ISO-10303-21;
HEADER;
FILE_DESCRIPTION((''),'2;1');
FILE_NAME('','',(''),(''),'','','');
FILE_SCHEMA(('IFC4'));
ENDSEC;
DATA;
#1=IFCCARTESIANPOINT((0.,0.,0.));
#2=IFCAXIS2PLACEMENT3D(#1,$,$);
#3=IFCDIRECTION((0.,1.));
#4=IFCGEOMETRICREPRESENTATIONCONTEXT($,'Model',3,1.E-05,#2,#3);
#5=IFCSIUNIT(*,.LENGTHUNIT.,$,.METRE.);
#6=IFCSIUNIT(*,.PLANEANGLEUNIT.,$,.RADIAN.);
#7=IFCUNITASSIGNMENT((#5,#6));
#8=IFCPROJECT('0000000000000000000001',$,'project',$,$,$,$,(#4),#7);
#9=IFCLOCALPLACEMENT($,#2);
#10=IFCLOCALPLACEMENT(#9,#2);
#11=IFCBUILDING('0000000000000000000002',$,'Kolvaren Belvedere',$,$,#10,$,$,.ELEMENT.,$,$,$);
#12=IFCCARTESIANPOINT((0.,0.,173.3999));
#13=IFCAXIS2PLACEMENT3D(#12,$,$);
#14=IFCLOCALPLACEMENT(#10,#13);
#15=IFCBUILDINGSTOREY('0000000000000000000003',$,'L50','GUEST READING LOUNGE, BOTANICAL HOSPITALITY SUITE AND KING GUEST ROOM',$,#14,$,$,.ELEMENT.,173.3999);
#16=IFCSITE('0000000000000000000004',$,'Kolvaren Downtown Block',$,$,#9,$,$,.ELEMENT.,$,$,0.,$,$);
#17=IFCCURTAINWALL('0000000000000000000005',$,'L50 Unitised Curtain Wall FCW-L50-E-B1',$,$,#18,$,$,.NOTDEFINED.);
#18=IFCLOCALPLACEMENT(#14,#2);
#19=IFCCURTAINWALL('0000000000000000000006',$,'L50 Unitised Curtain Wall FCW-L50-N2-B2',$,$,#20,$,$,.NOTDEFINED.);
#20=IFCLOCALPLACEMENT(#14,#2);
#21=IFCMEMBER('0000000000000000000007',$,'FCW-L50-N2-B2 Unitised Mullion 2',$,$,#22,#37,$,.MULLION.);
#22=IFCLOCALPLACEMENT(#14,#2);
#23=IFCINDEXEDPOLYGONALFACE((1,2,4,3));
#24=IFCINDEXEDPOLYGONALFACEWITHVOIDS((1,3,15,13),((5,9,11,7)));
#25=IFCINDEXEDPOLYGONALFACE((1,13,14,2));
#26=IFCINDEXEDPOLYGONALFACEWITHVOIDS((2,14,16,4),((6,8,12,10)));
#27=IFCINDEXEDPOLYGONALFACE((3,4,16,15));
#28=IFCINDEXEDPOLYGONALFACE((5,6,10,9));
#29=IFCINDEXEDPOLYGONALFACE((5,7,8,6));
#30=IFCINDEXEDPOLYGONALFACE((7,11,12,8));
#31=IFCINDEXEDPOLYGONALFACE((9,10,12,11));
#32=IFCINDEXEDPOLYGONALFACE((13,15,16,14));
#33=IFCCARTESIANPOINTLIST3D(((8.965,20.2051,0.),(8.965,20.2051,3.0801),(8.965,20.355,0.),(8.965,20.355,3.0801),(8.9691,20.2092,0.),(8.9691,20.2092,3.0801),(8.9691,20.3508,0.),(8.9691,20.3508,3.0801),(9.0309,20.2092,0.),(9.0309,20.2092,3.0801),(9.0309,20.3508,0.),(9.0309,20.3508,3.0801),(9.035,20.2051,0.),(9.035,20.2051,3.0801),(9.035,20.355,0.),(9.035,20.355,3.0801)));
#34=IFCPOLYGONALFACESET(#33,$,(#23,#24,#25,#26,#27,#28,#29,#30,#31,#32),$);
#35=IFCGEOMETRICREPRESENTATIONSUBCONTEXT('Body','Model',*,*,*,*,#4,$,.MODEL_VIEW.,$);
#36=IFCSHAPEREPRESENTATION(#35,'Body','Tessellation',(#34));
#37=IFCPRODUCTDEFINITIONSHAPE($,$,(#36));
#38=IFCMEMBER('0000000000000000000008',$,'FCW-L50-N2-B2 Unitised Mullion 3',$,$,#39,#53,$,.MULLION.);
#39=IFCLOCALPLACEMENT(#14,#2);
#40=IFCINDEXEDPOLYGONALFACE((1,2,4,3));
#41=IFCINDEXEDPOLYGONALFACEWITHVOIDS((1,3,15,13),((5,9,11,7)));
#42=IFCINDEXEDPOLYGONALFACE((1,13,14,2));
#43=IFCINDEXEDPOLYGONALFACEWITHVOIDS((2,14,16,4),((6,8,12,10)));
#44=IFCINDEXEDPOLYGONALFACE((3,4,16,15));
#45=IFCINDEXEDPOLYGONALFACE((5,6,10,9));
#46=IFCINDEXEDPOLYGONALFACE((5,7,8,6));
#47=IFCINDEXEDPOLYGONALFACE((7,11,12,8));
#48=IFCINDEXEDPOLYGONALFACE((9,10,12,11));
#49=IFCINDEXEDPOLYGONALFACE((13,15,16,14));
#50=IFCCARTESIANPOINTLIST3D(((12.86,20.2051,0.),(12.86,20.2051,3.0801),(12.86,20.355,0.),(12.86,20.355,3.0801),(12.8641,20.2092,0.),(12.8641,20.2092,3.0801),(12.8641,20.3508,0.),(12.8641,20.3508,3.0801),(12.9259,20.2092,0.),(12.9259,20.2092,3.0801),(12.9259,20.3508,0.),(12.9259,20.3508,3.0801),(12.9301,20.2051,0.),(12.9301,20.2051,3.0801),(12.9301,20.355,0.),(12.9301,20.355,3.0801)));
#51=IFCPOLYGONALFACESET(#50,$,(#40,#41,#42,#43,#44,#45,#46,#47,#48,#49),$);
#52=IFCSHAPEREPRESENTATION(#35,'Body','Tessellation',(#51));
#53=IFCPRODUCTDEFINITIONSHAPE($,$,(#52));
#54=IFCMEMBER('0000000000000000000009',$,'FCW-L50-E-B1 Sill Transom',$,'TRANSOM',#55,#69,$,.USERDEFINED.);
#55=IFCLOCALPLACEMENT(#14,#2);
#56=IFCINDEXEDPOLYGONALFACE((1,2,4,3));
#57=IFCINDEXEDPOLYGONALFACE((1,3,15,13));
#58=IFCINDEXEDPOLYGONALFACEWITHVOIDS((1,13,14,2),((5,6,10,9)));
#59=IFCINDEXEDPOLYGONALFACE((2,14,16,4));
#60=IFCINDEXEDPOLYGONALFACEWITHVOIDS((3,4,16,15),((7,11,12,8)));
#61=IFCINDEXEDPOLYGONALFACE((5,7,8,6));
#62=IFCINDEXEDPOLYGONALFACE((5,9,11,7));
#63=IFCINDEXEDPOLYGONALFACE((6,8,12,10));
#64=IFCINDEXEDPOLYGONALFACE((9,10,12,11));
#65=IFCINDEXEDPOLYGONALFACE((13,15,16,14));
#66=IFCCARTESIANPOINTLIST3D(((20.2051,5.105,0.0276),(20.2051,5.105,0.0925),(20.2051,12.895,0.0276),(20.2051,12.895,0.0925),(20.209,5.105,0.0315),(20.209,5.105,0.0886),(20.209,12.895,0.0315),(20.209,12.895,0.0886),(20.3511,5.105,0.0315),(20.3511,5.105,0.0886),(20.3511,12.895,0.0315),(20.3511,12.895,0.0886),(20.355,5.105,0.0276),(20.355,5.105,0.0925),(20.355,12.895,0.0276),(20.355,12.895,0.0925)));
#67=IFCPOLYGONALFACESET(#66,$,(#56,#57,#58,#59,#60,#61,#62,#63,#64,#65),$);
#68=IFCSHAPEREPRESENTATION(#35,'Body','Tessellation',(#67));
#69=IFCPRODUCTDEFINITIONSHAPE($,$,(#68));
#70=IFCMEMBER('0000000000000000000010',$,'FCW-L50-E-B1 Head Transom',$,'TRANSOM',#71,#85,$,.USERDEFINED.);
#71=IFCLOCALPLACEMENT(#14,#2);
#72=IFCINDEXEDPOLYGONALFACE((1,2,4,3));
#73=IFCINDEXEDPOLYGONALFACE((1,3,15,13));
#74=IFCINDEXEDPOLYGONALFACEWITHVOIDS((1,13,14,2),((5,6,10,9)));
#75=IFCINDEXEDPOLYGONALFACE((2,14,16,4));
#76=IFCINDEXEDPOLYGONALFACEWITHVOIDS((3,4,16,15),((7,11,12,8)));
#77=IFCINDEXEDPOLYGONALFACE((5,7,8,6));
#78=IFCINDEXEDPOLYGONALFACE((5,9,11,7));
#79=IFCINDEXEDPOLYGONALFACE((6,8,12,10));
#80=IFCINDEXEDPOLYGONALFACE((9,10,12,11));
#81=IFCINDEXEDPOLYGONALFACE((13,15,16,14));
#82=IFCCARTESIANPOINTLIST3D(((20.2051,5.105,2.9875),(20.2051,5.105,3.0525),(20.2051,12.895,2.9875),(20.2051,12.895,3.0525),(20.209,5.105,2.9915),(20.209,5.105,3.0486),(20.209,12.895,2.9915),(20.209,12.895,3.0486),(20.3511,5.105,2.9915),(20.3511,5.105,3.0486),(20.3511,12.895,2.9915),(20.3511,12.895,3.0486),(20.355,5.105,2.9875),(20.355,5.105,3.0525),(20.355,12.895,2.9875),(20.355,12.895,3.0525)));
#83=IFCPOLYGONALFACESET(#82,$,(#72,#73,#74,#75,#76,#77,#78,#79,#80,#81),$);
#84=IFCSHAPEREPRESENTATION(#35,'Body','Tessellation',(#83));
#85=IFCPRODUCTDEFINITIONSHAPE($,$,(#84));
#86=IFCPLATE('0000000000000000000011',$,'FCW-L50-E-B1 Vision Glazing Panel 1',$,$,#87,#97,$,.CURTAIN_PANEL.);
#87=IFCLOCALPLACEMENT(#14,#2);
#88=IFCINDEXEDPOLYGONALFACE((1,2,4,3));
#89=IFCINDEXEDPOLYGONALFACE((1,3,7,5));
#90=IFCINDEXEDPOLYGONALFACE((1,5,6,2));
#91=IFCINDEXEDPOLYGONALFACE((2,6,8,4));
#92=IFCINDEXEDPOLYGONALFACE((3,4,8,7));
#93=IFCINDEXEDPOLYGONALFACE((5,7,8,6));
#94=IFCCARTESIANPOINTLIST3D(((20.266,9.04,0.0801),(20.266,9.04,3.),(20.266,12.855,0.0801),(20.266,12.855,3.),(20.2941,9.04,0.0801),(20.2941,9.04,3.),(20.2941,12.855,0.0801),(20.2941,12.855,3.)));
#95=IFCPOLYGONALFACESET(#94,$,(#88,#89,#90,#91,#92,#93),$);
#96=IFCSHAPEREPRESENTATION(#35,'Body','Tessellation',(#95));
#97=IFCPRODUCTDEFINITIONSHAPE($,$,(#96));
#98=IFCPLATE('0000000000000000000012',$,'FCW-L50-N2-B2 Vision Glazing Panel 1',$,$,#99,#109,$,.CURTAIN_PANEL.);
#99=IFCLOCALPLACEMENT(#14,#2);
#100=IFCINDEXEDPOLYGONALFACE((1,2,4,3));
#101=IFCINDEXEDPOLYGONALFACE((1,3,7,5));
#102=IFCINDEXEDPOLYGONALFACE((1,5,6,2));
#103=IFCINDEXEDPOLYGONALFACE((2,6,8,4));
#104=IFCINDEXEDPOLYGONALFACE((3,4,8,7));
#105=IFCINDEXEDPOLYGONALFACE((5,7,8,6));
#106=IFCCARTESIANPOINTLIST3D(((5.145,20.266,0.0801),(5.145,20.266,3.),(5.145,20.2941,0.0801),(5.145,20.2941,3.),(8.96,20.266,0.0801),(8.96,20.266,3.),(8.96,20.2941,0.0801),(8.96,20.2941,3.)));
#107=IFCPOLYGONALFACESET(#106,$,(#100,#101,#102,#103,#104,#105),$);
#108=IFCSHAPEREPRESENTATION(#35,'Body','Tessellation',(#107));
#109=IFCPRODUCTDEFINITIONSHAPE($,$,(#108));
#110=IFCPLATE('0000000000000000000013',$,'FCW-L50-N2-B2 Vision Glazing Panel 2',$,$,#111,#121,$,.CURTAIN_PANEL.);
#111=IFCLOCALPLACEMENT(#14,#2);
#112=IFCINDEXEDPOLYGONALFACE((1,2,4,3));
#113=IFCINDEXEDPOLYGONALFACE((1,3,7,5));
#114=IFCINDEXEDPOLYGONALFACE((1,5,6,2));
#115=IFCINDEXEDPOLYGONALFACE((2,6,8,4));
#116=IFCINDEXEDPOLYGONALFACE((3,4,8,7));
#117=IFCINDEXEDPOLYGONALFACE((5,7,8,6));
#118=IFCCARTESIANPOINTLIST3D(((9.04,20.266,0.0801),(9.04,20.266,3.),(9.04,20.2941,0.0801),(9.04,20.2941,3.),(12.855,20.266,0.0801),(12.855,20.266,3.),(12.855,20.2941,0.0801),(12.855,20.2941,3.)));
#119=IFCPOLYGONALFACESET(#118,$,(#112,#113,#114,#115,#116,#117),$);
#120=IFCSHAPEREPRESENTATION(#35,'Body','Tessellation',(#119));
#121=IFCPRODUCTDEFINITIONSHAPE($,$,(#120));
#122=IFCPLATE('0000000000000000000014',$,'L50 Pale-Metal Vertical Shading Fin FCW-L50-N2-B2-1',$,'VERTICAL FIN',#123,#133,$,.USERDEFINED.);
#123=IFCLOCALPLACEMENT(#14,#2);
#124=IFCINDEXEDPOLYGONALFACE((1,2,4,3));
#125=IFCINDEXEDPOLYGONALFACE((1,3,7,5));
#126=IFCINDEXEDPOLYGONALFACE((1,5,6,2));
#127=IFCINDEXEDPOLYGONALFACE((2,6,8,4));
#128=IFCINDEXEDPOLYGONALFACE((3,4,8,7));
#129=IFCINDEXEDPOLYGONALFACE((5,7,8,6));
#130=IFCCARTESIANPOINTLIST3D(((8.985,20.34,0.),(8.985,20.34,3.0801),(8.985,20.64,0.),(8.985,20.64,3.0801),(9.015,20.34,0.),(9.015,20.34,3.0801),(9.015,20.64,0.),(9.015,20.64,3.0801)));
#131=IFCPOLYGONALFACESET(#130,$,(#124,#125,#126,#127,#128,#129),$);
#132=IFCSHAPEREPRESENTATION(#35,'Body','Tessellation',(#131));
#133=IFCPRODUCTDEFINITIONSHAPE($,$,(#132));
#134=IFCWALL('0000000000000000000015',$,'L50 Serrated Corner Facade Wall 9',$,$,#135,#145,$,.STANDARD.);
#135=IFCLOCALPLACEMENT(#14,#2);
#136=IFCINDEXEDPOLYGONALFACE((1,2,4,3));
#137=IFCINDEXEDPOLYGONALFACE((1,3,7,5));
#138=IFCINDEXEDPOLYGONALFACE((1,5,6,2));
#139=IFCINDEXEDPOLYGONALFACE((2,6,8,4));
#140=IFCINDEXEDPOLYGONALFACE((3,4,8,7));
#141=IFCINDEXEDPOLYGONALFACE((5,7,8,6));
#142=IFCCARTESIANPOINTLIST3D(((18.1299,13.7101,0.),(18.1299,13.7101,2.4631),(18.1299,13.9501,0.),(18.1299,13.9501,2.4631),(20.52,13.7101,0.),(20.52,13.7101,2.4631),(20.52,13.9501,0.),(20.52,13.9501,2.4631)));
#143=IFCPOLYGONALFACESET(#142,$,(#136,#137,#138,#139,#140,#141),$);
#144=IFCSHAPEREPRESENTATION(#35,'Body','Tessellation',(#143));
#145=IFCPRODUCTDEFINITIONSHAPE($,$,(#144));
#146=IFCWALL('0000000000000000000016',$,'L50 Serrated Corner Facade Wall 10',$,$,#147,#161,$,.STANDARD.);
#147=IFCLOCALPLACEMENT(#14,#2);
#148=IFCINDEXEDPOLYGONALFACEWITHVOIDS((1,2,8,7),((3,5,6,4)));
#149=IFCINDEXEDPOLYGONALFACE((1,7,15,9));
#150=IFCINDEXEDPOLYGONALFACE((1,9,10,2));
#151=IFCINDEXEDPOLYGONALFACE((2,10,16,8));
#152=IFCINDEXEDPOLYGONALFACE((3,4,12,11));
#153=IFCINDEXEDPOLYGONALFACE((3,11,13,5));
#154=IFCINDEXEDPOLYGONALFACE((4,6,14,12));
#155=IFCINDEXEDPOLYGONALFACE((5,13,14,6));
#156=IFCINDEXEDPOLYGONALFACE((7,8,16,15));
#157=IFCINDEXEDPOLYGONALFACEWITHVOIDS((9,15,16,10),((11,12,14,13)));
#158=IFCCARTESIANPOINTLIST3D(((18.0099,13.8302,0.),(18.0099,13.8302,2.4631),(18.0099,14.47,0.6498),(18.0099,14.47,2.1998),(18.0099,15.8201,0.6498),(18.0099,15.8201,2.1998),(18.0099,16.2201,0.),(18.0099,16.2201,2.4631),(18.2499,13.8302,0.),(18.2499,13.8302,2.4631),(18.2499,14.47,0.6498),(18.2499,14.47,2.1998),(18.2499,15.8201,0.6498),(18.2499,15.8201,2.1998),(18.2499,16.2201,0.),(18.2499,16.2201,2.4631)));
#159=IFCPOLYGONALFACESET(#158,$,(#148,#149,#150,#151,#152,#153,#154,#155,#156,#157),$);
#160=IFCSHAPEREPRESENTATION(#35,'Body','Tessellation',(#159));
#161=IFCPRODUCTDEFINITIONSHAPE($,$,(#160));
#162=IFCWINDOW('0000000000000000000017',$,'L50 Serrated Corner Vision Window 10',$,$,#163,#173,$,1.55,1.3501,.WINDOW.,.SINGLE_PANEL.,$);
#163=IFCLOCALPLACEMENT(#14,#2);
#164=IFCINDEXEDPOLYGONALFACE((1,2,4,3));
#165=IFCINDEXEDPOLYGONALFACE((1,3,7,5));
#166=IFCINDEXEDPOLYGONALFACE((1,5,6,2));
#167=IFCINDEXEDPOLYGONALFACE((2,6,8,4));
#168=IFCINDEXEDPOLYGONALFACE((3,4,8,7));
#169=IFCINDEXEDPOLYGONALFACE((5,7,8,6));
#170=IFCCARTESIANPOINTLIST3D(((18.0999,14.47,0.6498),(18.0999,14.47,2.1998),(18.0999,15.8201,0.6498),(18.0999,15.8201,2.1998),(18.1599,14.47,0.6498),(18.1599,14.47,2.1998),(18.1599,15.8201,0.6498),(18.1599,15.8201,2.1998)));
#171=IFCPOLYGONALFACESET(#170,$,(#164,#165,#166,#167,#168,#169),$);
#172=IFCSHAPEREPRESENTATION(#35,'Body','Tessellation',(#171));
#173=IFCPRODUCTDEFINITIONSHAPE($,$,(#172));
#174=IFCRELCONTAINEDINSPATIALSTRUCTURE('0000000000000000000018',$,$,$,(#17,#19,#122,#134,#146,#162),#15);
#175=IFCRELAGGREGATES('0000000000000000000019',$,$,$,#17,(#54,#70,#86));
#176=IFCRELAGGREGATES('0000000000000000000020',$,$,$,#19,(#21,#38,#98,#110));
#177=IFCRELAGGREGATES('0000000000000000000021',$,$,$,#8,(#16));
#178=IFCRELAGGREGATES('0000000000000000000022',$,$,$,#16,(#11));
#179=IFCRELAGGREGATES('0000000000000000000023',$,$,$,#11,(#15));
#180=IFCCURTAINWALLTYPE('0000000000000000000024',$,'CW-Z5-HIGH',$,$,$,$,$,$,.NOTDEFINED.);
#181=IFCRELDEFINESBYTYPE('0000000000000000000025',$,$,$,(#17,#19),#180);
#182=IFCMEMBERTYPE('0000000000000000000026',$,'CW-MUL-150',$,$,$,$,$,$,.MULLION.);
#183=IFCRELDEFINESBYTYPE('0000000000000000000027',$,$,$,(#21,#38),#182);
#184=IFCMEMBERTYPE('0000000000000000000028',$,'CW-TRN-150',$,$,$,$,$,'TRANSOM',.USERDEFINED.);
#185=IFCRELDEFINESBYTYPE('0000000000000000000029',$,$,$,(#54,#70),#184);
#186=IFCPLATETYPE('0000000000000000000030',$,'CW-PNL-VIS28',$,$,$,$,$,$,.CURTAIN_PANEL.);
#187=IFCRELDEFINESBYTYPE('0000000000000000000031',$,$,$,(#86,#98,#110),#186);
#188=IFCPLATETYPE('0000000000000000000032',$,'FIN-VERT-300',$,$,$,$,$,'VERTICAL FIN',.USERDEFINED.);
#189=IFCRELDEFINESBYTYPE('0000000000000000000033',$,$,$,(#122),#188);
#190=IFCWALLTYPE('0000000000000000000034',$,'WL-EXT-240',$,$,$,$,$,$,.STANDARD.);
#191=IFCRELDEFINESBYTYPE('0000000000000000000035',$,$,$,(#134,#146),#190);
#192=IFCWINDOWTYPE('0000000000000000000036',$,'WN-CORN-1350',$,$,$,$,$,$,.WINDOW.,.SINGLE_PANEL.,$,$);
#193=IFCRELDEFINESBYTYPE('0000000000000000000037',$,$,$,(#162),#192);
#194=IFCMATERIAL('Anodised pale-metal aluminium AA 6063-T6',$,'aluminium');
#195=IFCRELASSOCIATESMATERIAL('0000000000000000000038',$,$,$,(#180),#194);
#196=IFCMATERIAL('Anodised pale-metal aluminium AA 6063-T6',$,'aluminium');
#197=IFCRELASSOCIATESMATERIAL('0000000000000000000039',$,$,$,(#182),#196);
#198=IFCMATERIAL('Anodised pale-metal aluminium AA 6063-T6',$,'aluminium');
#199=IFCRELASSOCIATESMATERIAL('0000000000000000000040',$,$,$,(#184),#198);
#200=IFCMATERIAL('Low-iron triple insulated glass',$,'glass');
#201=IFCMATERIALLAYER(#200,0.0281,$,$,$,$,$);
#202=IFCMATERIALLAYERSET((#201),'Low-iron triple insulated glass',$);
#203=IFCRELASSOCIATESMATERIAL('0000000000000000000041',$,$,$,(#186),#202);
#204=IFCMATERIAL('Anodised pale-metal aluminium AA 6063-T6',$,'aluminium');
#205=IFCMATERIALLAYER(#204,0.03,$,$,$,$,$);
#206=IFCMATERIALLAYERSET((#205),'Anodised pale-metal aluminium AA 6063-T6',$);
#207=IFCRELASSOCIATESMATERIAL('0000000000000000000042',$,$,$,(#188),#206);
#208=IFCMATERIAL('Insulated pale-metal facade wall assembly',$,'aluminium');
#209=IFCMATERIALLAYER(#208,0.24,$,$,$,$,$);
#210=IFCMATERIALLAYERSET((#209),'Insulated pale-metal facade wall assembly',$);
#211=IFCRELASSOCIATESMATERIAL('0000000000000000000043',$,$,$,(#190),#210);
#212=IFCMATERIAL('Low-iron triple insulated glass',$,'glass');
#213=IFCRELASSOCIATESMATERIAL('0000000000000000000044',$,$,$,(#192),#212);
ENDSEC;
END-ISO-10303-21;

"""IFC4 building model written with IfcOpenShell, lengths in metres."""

from ifc_helpers import new_model, si_unit, direction, frame, frame_2d, origin, origin_2d, place, context, subcontext, project, spatial, rectangle, hollow_rectangle, extrude, material, layer, layer_set, material_profile, profile_set, type_object, element, fill, aggregate, save


model = new_model("IFC4")

# Units and contexts
model_context = context("Model", 3, precision=1e-05, world=origin(), true_north=direction((0.0, 1.0)))
body_context = subcontext(model_context, "Body", "Model", "MODEL_VIEW")
ifc_project = project(units=[si_unit("LENGTHUNIT", "METRE"), si_unit("PLANEANGLEUNIT", "RADIAN")], contexts=[model_context])

# Site, building, storey
site_placement = place(None, origin())
site = spatial("IfcSite", under=ifc_project, at=site_placement, Name="Kolvaren Downtown Block", CompositionType="ELEMENT", RefElevation=0.0)
building_placement = place(site_placement, origin())
building = spatial("IfcBuilding", under=site, at=building_placement, Name="Kolvaren Belvedere", CompositionType="ELEMENT")
storey_placement = place(building_placement, frame((0.0, 0.0, 173.3999)))
storey = spatial("IfcBuildingStorey", under=building, at=storey_placement, Name="L50", Description="GUEST READING LOUNGE, BOTANICAL HOSPITALITY SUITE AND KING GUEST ROOM", CompositionType="ELEMENT", Elevation=173.3999)

# Curtain wall
ifc_material_1 = material(Name="Anodised pale-metal aluminium AA 6063-T6", Category="aluminium")
curtain_wall_type = type_object("IfcCurtainWallType", Name="CW-Z5-HIGH", PredefinedType="NOTDEFINED", material=ifc_material_1)
curtain_wall_1_placement = place(storey_placement, origin())
curtain_wall_1 = element("IfcCurtainWall", 1, at=curtain_wall_1_placement, inside=storey, type_object=curtain_wall_type, Name="L50 Unitised Curtain Wall FCW-L50-E-B1", PredefinedType="NOTDEFINED")
ifc_material_2 = material(Name="Anodised pale-metal aluminium AA 6063-T6", Category="aluminium")
ifc_material_profile_1 = material_profile(ifc_material_2, hollow_rectangle(XDim=0.0701, YDim=0.1499, WallThickness=0.0042, at=origin_2d()), Name="ALU-MUL-150X70")
ifc_profile_set_1 = profile_set([ifc_material_profile_1], Name="Anodised pale-metal aluminium AA 6063-T6")
member_type_1 = type_object("IfcMemberType", Name="CW-MUL-150", PredefinedType="MULLION", material=ifc_profile_set_1)

# Curtain wall, members
curtain_wall_2_placement = place(storey_placement, origin())
curtain_wall_2 = element("IfcCurtainWall", 2, at=curtain_wall_2_placement, inside=storey, type_object=curtain_wall_type, Name="L50 Unitised Curtain Wall FCW-L50-N2-B2", PredefinedType="NOTDEFINED")
member_1_placement = place(storey_placement, frame((9.0, 20.28, 0.0), z_axis=(0.0, 0.0, 1.0), x_axis=(1.0, 0.0, 0.0)))
member_1 = element("IfcMember", 3, at=member_1_placement, type_object=member_type_1, Name="FCW-L50-N2-B2 Unitised Mullion 2", PredefinedType="MULLION", context=body_context, shape_type="SweptSolid", body=[
    extrude(hollow_rectangle(XDim=0.0701, YDim=0.1499, WallThickness=0.0042, at=origin_2d()), origin(), (0.0, 0.0, 1.0), 3.0801),
])
member_2_placement = place(storey_placement, frame((12.895, 20.28, 0.0), z_axis=(0.0, 0.0, 1.0), x_axis=(1.0, 0.0, 0.0)))
member_2 = element("IfcMember", 4, at=member_2_placement, type_object=member_type_1, Name="FCW-L50-N2-B2 Unitised Mullion 3", PredefinedType="MULLION", context=body_context, shape_type="SweptSolid", body=[
    extrude(hollow_rectangle(XDim=0.0701, YDim=0.1499, WallThickness=0.0042, at=origin_2d()), origin(), (0.0, 0.0, 1.0), 3.0801),
])

# Members
ifc_material_3 = material(Name="Anodised pale-metal aluminium AA 6063-T6", Category="aluminium")
ifc_material_profile_2 = material_profile(ifc_material_3, hollow_rectangle(XDim=0.0649, YDim=0.1499, WallThickness=0.0039, at=origin_2d()), Name="ALU-TRN-150X65")
ifc_profile_set_2 = profile_set([ifc_material_profile_2], Name="Anodised pale-metal aluminium AA 6063-T6")
member_type_2 = type_object("IfcMemberType", Name="CW-TRN-150", ElementType="TRANSOM", PredefinedType="USERDEFINED", material=ifc_profile_set_2)
member_3_placement = place(storey_placement, frame((20.28, 12.895, 0.0601), z_axis=(0.0, -1.0, 0.0), x_axis=(0.0, 0.0, 1.0)))
member_3 = element("IfcMember", 5, at=member_3_placement, type_object=member_type_2, Name="FCW-L50-E-B1 Sill Transom", ObjectType="TRANSOM", PredefinedType="USERDEFINED", context=body_context, shape_type="SweptSolid", body=[
    extrude(hollow_rectangle(XDim=0.0649, YDim=0.1499, WallThickness=0.0039, at=origin_2d()), origin(), (0.0, 0.0, 1.0), 7.79),
])
member_4_placement = place(storey_placement, frame((20.28, 12.895, 3.02), z_axis=(0.0, -1.0, 0.0), x_axis=(0.0, 0.0, 1.0)))
member_4 = element("IfcMember", 6, at=member_4_placement, type_object=member_type_2, Name="FCW-L50-E-B1 Head Transom", ObjectType="TRANSOM", PredefinedType="USERDEFINED", context=body_context, shape_type="SweptSolid", body=[
    extrude(hollow_rectangle(XDim=0.0649, YDim=0.1499, WallThickness=0.0039, at=origin_2d()), origin(), (0.0, 0.0, 1.0), 7.79),
])

# Plates
ifc_material_4 = material(Name="Low-iron triple insulated glass", Category="glass")
ifc_layer_1 = layer(ifc_material_4, 0.0281)
ifc_layer_set_1 = layer_set([ifc_layer_1], Name="Low-iron triple insulated glass")
plate_type_1 = type_object("IfcPlateType", Name="CW-PNL-VIS28", PredefinedType="CURTAIN_PANEL", material=ifc_layer_set_1)
plate_1_placement = place(storey_placement, frame((20.28, 10.9475, 0.0801), z_axis=(0.0, 0.0, 1.0), x_axis=(0.0, -1.0, 0.0)))
plate_1 = element("IfcPlate", 7, at=plate_1_placement, type_object=plate_type_1, Name="FCW-L50-E-B1 Vision Glazing Panel 1", PredefinedType="CURTAIN_PANEL", context=body_context, shape_type="SweptSolid", body=[
    extrude(rectangle(XDim=3.8149, YDim=0.0281, at=origin_2d()), origin(), (0.0, 0.0, 1.0), 2.9199),
])
aggregate(curtain_wall_1, [member_3, member_4, plate_1])
plate_2_placement = place(storey_placement, frame((7.0525, 20.28, 0.0801), z_axis=(0.0, 0.0, 1.0), x_axis=(1.0, 0.0, 0.0)))
plate_2 = element("IfcPlate", 8, at=plate_2_placement, type_object=plate_type_1, Name="FCW-L50-N2-B2 Vision Glazing Panel 1", PredefinedType="CURTAIN_PANEL", context=body_context, shape_type="SweptSolid", body=[
    extrude(rectangle(XDim=3.8149, YDim=0.0281, at=origin_2d()), origin(), (0.0, 0.0, 1.0), 2.9199),
])
plate_3_placement = place(storey_placement, frame((10.9475, 20.28, 0.0801), z_axis=(0.0, 0.0, 1.0), x_axis=(1.0, 0.0, 0.0)))
plate_3 = element("IfcPlate", 9, at=plate_3_placement, type_object=plate_type_1, Name="FCW-L50-N2-B2 Vision Glazing Panel 2", PredefinedType="CURTAIN_PANEL", context=body_context, shape_type="SweptSolid", body=[
    extrude(rectangle(XDim=3.8149, YDim=0.0281, at=origin_2d()), origin(), (0.0, 0.0, 1.0), 2.9199),
])
aggregate(curtain_wall_2, [member_1, member_2, plate_2, plate_3])
ifc_material_5 = material(Name="Anodised pale-metal aluminium AA 6063-T6", Category="aluminium")
ifc_layer_2 = layer(ifc_material_5, 0.03)
ifc_layer_set_2 = layer_set([ifc_layer_2], Name="Anodised pale-metal aluminium AA 6063-T6")
plate_type_2 = type_object("IfcPlateType", Name="FIN-VERT-300", ElementType="VERTICAL FIN", PredefinedType="USERDEFINED", material=ifc_layer_set_2)
plate_4_placement = place(storey_placement, frame((9.0, 20.49, 0.0), z_axis=(0.0, 0.0, 1.0), x_axis=(0.0, 1.0, 0.0)))
element("IfcPlate", 10, at=plate_4_placement, inside=storey, type_object=plate_type_2, Name="L50 Pale-Metal Vertical Shading Fin FCW-L50-N2-B2-1", ObjectType="VERTICAL FIN", PredefinedType="USERDEFINED", context=body_context, shape_type="SweptSolid", body=[
    extrude(rectangle(XDim=0.3, YDim=0.03, at=origin_2d()), origin(), (0.0, 0.0, 1.0), 3.0801),
])

# Wall
ifc_material_6 = material(Name="Insulated pale-metal facade wall assembly", Category="aluminium")
ifc_layer_3 = layer(ifc_material_6, 0.24)
ifc_layer_set_3 = layer_set([ifc_layer_3], Name="Insulated pale-metal facade wall assembly")
wall_type_1 = type_object("IfcWallType", Name="WL-EXT-240", PredefinedType="STANDARD", material=ifc_layer_set_3)
wall_1_placement = place(storey_placement, frame((18.1299, 13.8301, 0.0), z_axis=(0.0, 0.0, 1.0), x_axis=(1.0, 0.0, 0.0)))
element("IfcWall", 11, at=wall_1_placement, inside=storey, type_object=wall_type_1, Name="L50 Serrated Corner Facade Wall 9", PredefinedType="STANDARD", context=body_context, shape_type="SweptSolid", body=[
    extrude(rectangle(XDim=2.3901, YDim=0.24, at=frame_2d((1.1951, 0.0))), origin(), (0.0, 0.0, 1.0), 2.4631),
])

# Wall, opening, window
wall_2_placement = place(storey_placement, frame((18.1299, 16.22, 0.0), z_axis=(0.0, 0.0, 1.0), x_axis=(0.0, -1.0, 0.0)))
wall_2 = element("IfcWall", 12, at=wall_2_placement, inside=storey, type_object=wall_type_1, Name="L50 Serrated Corner Facade Wall 10", PredefinedType="STANDARD", context=body_context, shape_type="SweptSolid", body=[
    extrude(rectangle(XDim=2.3899, YDim=0.24, at=frame_2d((1.1948, 0.0))), origin(), (0.0, 0.0, 1.0), 2.4631),
])
opening_1_placement = place(wall_2_placement, frame((0.3999, 0.0, 0.6499)))
opening_1 = element("IfcOpeningElement", 13, at=opening_1_placement, cuts=wall_2, PredefinedType="OPENING", context=body_context, shape_type="SweptSolid", body=[
    extrude(rectangle(XDim=1.3501, YDim=1.55, at=frame_2d((0.675, 0.7749))), frame((0.0, 0.1299, 0.0), z_axis=(0.0, -1.0, 0.0), x_axis=(1.0, 0.0, 0.0)), (0.0, 0.0, 1.0), 0.26),
])
ifc_material_7 = material(Name="Low-iron triple insulated glass", Category="glass")
window_type_1 = type_object("IfcWindowType", Name="WN-CORN-1350", PartitioningType="SINGLE_PANEL", PredefinedType="WINDOW", material=ifc_material_7)
window_1_placement = place(opening_1_placement, origin())
window_1 = element("IfcWindow", 14, at=window_1_placement, inside=storey, type_object=window_type_1, Name="L50 Serrated Corner Vision Window 10", OverallHeight=1.55, OverallWidth=1.3501, PartitioningType="SINGLE_PANEL", PredefinedType="WINDOW", context=body_context, shape_type="SweptSolid", body=[
    extrude(rectangle(XDim=1.3501, YDim=1.55, at=frame_2d((0.675, 0.7749))), frame((0.0, 0.03, 0.0), z_axis=(0.0, -1.0, 0.0), x_axis=(1.0, 0.0, 0.0)), (0.0, 0.0, 1.0), 0.0601),
])
fill(opening_1, window_1)

save(model, "model.ifc")
